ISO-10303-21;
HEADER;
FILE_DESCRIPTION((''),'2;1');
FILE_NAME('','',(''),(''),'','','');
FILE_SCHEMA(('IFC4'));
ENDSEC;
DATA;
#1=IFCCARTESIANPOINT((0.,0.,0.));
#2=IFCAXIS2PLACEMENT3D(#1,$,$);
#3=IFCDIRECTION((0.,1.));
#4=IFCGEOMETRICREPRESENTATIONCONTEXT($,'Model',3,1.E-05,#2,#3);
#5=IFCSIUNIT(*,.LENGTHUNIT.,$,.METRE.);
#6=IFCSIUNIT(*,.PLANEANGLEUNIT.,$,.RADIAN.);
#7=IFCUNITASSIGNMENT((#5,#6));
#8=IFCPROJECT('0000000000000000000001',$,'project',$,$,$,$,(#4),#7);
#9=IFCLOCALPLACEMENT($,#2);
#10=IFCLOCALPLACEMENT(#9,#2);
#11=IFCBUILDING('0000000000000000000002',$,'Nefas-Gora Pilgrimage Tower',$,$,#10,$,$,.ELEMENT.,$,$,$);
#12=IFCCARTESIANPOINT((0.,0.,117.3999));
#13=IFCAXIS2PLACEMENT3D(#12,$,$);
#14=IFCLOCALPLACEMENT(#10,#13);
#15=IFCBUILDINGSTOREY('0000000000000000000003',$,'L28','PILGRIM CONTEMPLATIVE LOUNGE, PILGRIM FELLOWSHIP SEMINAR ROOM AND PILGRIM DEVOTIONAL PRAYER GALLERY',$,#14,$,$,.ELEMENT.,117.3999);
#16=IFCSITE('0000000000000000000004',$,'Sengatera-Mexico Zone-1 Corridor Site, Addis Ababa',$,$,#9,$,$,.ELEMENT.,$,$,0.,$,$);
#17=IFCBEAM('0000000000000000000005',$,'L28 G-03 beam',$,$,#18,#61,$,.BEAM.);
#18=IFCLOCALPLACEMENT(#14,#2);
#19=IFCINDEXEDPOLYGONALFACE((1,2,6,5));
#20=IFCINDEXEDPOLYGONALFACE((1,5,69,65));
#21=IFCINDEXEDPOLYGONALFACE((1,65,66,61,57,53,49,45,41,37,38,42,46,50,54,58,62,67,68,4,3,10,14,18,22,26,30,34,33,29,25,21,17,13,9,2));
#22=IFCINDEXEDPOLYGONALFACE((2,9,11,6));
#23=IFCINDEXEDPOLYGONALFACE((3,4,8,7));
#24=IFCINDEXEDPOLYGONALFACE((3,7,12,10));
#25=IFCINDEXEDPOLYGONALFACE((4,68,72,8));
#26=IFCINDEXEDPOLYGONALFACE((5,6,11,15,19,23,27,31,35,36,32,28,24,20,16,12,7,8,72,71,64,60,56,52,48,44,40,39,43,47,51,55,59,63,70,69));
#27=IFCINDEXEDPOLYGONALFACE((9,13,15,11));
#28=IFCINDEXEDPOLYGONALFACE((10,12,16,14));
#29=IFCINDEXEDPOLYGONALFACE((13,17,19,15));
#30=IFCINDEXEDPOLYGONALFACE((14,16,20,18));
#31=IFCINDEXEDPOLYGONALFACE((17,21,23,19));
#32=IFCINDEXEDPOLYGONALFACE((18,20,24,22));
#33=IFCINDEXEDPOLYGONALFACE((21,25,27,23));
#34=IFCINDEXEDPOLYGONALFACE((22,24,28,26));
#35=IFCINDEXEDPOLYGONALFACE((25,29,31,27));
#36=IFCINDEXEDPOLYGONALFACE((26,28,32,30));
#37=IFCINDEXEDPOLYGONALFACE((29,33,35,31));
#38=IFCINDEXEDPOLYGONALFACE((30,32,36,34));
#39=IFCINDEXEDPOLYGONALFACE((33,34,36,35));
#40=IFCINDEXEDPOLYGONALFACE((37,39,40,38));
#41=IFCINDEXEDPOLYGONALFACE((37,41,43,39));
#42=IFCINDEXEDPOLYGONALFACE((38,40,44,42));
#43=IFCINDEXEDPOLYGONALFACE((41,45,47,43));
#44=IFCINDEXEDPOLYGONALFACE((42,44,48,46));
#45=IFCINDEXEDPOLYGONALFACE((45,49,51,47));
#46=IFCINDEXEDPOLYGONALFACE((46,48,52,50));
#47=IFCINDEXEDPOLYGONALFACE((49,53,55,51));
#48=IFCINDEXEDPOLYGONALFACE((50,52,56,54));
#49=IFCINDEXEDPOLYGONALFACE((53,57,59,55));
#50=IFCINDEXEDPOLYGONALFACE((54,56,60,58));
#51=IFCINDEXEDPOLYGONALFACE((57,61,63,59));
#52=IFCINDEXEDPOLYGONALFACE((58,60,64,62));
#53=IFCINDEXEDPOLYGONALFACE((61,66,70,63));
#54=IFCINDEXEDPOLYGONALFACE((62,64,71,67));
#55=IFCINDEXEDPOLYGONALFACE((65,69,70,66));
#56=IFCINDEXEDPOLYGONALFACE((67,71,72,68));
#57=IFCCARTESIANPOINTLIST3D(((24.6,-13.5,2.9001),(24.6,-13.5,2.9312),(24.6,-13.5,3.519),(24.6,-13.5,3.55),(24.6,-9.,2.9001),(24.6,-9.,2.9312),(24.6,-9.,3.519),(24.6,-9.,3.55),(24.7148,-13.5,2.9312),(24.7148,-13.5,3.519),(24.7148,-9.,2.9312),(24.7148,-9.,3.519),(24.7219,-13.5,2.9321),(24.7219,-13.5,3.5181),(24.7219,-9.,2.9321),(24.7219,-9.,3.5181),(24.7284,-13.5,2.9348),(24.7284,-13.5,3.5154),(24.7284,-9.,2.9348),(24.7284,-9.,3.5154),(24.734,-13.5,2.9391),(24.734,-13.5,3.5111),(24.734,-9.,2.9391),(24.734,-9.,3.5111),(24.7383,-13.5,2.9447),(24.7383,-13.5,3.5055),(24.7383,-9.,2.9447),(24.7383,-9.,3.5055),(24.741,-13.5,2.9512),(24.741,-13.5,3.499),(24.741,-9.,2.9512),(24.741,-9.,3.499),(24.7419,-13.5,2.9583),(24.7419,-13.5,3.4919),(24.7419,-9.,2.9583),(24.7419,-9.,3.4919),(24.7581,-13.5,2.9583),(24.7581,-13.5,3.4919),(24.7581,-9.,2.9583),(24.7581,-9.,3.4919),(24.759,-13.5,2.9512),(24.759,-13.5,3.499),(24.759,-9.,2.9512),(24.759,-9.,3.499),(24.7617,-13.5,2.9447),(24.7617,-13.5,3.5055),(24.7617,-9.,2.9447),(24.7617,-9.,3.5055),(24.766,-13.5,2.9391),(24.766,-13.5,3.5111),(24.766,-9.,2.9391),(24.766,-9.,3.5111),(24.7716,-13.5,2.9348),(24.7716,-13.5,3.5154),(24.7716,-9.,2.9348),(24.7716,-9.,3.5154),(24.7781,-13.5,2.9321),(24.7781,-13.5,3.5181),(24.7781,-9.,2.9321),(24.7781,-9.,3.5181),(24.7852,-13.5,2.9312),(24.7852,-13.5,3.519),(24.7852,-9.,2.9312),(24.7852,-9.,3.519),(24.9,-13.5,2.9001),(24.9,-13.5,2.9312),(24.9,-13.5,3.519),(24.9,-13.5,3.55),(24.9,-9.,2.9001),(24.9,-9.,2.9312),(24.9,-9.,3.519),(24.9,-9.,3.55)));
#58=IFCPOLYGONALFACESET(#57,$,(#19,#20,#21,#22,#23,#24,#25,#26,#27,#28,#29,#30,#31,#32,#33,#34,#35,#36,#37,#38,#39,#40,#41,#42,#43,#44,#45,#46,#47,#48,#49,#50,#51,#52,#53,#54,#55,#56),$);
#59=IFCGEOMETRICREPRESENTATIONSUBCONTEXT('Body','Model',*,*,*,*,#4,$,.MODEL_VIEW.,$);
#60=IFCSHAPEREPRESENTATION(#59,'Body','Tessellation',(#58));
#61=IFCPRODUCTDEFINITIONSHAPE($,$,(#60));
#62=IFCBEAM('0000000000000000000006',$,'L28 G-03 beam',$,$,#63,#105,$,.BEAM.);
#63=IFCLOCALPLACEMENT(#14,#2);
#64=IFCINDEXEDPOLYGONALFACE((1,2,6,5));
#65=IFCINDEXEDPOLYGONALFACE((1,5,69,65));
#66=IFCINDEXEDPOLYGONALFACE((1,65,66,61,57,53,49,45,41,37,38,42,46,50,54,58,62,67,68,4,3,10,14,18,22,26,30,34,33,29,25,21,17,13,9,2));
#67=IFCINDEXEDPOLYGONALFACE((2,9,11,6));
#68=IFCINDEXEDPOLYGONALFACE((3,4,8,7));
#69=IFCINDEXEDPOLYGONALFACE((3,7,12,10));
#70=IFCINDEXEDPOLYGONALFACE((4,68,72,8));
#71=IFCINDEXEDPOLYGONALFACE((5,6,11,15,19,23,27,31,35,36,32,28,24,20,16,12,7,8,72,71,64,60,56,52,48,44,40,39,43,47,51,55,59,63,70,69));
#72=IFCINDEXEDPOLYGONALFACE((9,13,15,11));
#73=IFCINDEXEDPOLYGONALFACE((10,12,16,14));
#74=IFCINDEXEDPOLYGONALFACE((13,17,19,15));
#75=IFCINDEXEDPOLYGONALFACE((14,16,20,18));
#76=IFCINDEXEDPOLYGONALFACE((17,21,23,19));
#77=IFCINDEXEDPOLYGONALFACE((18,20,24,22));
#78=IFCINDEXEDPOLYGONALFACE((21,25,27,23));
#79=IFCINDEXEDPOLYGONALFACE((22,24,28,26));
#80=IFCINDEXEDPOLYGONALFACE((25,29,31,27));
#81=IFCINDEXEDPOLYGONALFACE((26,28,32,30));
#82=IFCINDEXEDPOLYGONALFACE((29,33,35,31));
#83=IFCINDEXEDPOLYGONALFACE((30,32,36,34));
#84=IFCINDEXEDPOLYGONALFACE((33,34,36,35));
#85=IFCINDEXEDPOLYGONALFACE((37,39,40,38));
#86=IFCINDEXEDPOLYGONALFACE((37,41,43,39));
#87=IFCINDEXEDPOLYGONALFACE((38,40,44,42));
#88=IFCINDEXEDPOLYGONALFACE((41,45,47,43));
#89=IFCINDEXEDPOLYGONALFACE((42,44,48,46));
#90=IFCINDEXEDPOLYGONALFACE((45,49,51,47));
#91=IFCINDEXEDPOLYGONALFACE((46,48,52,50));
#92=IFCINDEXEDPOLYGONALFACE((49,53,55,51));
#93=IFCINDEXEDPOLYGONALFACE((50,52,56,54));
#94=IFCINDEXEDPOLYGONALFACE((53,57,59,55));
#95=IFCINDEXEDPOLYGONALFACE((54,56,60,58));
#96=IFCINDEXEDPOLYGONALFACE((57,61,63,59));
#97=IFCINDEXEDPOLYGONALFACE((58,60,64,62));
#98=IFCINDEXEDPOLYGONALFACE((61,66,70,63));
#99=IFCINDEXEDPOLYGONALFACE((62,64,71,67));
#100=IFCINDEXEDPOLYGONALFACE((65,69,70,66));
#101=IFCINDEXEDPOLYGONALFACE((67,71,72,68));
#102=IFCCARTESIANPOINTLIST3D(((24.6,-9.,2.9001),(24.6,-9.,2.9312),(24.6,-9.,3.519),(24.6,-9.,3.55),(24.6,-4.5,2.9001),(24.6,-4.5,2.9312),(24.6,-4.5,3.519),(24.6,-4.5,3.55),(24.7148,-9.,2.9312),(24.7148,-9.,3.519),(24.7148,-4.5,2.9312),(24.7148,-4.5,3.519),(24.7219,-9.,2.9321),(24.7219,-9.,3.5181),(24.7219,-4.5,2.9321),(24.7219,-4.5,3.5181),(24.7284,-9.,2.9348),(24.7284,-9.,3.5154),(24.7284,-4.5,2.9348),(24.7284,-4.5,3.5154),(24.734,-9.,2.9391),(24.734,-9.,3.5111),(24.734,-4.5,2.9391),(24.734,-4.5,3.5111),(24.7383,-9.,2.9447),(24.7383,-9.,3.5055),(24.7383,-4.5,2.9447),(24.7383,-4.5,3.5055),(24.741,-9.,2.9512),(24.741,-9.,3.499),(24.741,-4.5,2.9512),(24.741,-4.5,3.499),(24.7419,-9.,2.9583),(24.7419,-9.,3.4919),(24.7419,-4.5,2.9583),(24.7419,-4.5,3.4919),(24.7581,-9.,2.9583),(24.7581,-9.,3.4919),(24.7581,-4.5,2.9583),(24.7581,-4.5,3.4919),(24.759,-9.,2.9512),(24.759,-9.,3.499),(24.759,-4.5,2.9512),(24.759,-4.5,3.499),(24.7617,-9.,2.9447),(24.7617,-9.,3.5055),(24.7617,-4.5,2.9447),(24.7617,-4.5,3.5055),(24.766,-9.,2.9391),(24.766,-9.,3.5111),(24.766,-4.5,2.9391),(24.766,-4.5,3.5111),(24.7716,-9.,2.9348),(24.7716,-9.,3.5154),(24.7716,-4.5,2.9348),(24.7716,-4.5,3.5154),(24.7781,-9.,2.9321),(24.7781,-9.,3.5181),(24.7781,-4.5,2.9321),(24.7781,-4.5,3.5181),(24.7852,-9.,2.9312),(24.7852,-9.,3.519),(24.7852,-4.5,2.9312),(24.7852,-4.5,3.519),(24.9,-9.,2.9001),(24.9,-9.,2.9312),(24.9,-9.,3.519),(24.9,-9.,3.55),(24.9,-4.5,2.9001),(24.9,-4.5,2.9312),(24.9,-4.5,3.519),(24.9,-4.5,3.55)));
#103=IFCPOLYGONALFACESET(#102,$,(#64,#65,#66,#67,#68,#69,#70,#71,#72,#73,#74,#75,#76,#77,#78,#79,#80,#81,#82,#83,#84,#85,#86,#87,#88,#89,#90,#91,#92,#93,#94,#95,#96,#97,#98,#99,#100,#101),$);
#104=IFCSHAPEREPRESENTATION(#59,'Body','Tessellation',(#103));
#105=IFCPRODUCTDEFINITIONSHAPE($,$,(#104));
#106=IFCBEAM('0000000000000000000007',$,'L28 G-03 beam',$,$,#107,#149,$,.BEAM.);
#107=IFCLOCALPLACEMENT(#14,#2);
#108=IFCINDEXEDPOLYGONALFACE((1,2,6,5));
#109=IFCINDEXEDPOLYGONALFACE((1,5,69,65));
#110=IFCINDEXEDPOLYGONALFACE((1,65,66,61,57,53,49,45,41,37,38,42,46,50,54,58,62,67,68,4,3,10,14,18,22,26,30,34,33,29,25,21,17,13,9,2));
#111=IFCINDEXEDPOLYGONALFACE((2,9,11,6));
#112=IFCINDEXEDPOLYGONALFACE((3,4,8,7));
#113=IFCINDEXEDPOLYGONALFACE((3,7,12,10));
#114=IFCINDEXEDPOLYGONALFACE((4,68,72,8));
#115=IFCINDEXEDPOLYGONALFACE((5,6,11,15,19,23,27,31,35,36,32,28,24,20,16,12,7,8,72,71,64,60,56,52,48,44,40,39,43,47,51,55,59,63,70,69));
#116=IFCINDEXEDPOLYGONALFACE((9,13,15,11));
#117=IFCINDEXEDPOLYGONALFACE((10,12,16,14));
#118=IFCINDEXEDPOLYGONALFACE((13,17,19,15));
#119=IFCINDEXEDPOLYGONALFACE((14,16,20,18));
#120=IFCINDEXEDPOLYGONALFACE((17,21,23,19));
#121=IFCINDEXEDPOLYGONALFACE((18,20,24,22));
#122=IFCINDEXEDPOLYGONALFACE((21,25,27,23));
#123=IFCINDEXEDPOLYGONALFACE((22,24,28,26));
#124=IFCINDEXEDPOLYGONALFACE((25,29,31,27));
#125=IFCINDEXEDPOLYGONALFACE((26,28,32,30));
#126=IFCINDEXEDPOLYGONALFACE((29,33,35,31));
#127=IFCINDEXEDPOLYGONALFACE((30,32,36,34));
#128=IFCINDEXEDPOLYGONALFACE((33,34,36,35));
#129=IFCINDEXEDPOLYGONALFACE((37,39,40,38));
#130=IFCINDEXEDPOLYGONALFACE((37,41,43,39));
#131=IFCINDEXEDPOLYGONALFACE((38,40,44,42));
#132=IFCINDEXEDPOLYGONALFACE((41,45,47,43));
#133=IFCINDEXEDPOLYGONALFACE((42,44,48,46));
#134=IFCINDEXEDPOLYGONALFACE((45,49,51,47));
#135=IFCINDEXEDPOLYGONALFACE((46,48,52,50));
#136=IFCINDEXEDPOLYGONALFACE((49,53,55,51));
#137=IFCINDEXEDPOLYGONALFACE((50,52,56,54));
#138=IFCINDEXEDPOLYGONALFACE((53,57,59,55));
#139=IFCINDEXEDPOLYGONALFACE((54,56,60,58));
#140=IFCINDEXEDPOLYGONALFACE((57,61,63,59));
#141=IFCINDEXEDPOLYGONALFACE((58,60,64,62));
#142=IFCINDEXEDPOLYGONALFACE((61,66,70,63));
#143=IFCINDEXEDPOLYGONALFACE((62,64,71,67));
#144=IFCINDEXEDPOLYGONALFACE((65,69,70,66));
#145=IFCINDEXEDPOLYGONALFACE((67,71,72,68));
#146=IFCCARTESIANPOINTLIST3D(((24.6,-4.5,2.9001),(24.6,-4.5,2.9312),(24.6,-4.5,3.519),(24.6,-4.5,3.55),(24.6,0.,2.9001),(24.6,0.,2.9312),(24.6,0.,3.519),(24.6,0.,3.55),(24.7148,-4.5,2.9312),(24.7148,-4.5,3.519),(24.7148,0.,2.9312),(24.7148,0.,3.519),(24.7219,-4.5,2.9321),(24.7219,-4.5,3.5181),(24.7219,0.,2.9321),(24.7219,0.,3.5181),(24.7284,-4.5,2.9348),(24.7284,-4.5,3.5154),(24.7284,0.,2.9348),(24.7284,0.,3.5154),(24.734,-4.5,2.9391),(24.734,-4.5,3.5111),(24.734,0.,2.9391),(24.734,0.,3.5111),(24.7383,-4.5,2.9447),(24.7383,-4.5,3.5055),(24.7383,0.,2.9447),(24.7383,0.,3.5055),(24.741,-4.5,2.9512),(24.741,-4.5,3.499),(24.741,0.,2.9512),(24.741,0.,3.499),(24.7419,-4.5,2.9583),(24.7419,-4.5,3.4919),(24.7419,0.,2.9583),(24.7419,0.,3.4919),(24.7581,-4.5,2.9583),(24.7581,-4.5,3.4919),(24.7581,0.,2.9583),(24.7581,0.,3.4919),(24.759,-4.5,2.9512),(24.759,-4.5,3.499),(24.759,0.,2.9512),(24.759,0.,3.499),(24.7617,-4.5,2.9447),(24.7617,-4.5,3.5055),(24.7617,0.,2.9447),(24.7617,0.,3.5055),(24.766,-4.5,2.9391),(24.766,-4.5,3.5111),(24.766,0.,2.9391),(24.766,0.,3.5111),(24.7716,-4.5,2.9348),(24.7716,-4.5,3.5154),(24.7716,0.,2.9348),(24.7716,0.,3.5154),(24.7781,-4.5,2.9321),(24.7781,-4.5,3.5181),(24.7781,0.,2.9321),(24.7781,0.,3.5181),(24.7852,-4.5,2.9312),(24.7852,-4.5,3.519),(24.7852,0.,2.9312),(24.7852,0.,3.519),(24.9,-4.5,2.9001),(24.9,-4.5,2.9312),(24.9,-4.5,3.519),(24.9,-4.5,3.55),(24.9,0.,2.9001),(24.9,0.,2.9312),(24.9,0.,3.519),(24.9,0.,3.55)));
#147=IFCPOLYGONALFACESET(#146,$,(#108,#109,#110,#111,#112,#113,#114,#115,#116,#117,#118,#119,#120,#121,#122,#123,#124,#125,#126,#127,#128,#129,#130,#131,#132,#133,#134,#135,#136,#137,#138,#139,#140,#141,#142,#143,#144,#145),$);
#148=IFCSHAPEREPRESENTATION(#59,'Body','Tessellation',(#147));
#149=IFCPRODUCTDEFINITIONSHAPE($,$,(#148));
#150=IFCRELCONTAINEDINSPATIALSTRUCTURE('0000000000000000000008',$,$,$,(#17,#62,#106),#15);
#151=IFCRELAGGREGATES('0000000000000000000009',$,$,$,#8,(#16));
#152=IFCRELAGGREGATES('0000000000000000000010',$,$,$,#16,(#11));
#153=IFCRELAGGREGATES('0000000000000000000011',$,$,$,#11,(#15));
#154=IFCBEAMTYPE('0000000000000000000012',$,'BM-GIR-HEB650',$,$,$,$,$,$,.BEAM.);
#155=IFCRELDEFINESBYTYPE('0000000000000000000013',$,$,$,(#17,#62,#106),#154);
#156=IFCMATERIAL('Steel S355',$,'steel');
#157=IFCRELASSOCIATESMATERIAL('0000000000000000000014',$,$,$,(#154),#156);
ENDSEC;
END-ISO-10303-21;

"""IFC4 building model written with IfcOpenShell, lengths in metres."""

from ifc_helpers import new_model, si_unit, direction, frame, origin, origin_2d, place, context, subcontext, project, spatial, i_section, extrude, source, transform, mapped, material, material_profile, profile_set, type_object, element, save


model = new_model("IFC4")

# Units and contexts
model_context = context("Model", 3, precision=1e-05, world=origin(), true_north=direction((0.0, 1.0)))
body_context = subcontext(model_context, "Body", "Model", "MODEL_VIEW")
ifc_project = project(units=[si_unit("LENGTHUNIT", "METRE"), si_unit("PLANEANGLEUNIT", "RADIAN")], contexts=[model_context])

# Site, building, storey
site_placement = place(None, origin())
site = spatial("IfcSite", under=ifc_project, at=site_placement, Name="Sengatera-Mexico Zone-1 Corridor Site, Addis Ababa", CompositionType="ELEMENT", RefElevation=0.0)
building_placement = place(site_placement, origin())
building = spatial("IfcBuilding", under=site, at=building_placement, Name="Nefas-Gora Pilgrimage Tower", CompositionType="ELEMENT")
storey_placement = place(building_placement, frame((0.0, 0.0, 117.3999)))
storey = spatial("IfcBuildingStorey", under=building, at=storey_placement, Name="L28", Description="PILGRIM CONTEMPLATIVE LOUNGE, PILGRIM FELLOWSHIP SEMINAR ROOM AND PILGRIM DEVOTIONAL PRAYER GALLERY", CompositionType="ELEMENT", Elevation=117.3999)

# Beams
ifc_material_1 = material(Name="Steel S355", Category="steel")
ifc_material_profile_1 = material_profile(ifc_material_1, i_section(OverallWidth=0.3, OverallDepth=0.6499, WebThickness=0.0161, FlangeThickness=0.031, FilletRadius=0.0271, at=origin_2d()), Name="HEB 650")
ifc_profile_set_1 = profile_set([ifc_material_profile_1], Name="Steel S355")
beam_type_1 = type_object("IfcBeamType", Name="BM-GIR-HEB650", PredefinedType="BEAM", material=ifc_profile_set_1)
shared_shape_1 = source(origin(), body_context, "Body", "SweptSolid", [
    extrude(i_section(OverallWidth=0.3, OverallDepth=0.6499, WebThickness=0.0161, FlangeThickness=0.031, FilletRadius=0.0271, at=origin_2d()), origin(), (0.0, 0.0, 1.0), 4.5),
])
for number, where, z_axis, x_axis, name in (
    (1, (24.75, -13.5, 3.2251), (0.0, 1.0, 0.0), (-1.0, 0.0, 0.0), "L28 G-03 beam"),
    (2, (24.75, -9.0, 3.2251), (0.0, 1.0, 0.0), (-1.0, 0.0, 0.0), "L28 G-03 beam"),
    (3, (24.75, -4.5, 3.2251), (0.0, 1.0, 0.0), (-1.0, 0.0, 0.0), "L28 G-03 beam"),
):
    element("IfcBeam", number, at=place(storey_placement, frame(where, z_axis=z_axis, x_axis=x_axis)), inside=storey, type_object=beam_type_1, Name=name, PredefinedType="BEAM", context=body_context, shape_type="MappedRepresentation", body=[
        mapped(shared_shape_1, transform((0.0, 0.0, 0.0), x_axis=(1.0, 0.0, 0.0), y_axis=(0.0, 1.0, 0.0), z_axis=(0.0, 0.0, 1.0), scale=1.0)),
    ])

save(model, "model.ifc")
